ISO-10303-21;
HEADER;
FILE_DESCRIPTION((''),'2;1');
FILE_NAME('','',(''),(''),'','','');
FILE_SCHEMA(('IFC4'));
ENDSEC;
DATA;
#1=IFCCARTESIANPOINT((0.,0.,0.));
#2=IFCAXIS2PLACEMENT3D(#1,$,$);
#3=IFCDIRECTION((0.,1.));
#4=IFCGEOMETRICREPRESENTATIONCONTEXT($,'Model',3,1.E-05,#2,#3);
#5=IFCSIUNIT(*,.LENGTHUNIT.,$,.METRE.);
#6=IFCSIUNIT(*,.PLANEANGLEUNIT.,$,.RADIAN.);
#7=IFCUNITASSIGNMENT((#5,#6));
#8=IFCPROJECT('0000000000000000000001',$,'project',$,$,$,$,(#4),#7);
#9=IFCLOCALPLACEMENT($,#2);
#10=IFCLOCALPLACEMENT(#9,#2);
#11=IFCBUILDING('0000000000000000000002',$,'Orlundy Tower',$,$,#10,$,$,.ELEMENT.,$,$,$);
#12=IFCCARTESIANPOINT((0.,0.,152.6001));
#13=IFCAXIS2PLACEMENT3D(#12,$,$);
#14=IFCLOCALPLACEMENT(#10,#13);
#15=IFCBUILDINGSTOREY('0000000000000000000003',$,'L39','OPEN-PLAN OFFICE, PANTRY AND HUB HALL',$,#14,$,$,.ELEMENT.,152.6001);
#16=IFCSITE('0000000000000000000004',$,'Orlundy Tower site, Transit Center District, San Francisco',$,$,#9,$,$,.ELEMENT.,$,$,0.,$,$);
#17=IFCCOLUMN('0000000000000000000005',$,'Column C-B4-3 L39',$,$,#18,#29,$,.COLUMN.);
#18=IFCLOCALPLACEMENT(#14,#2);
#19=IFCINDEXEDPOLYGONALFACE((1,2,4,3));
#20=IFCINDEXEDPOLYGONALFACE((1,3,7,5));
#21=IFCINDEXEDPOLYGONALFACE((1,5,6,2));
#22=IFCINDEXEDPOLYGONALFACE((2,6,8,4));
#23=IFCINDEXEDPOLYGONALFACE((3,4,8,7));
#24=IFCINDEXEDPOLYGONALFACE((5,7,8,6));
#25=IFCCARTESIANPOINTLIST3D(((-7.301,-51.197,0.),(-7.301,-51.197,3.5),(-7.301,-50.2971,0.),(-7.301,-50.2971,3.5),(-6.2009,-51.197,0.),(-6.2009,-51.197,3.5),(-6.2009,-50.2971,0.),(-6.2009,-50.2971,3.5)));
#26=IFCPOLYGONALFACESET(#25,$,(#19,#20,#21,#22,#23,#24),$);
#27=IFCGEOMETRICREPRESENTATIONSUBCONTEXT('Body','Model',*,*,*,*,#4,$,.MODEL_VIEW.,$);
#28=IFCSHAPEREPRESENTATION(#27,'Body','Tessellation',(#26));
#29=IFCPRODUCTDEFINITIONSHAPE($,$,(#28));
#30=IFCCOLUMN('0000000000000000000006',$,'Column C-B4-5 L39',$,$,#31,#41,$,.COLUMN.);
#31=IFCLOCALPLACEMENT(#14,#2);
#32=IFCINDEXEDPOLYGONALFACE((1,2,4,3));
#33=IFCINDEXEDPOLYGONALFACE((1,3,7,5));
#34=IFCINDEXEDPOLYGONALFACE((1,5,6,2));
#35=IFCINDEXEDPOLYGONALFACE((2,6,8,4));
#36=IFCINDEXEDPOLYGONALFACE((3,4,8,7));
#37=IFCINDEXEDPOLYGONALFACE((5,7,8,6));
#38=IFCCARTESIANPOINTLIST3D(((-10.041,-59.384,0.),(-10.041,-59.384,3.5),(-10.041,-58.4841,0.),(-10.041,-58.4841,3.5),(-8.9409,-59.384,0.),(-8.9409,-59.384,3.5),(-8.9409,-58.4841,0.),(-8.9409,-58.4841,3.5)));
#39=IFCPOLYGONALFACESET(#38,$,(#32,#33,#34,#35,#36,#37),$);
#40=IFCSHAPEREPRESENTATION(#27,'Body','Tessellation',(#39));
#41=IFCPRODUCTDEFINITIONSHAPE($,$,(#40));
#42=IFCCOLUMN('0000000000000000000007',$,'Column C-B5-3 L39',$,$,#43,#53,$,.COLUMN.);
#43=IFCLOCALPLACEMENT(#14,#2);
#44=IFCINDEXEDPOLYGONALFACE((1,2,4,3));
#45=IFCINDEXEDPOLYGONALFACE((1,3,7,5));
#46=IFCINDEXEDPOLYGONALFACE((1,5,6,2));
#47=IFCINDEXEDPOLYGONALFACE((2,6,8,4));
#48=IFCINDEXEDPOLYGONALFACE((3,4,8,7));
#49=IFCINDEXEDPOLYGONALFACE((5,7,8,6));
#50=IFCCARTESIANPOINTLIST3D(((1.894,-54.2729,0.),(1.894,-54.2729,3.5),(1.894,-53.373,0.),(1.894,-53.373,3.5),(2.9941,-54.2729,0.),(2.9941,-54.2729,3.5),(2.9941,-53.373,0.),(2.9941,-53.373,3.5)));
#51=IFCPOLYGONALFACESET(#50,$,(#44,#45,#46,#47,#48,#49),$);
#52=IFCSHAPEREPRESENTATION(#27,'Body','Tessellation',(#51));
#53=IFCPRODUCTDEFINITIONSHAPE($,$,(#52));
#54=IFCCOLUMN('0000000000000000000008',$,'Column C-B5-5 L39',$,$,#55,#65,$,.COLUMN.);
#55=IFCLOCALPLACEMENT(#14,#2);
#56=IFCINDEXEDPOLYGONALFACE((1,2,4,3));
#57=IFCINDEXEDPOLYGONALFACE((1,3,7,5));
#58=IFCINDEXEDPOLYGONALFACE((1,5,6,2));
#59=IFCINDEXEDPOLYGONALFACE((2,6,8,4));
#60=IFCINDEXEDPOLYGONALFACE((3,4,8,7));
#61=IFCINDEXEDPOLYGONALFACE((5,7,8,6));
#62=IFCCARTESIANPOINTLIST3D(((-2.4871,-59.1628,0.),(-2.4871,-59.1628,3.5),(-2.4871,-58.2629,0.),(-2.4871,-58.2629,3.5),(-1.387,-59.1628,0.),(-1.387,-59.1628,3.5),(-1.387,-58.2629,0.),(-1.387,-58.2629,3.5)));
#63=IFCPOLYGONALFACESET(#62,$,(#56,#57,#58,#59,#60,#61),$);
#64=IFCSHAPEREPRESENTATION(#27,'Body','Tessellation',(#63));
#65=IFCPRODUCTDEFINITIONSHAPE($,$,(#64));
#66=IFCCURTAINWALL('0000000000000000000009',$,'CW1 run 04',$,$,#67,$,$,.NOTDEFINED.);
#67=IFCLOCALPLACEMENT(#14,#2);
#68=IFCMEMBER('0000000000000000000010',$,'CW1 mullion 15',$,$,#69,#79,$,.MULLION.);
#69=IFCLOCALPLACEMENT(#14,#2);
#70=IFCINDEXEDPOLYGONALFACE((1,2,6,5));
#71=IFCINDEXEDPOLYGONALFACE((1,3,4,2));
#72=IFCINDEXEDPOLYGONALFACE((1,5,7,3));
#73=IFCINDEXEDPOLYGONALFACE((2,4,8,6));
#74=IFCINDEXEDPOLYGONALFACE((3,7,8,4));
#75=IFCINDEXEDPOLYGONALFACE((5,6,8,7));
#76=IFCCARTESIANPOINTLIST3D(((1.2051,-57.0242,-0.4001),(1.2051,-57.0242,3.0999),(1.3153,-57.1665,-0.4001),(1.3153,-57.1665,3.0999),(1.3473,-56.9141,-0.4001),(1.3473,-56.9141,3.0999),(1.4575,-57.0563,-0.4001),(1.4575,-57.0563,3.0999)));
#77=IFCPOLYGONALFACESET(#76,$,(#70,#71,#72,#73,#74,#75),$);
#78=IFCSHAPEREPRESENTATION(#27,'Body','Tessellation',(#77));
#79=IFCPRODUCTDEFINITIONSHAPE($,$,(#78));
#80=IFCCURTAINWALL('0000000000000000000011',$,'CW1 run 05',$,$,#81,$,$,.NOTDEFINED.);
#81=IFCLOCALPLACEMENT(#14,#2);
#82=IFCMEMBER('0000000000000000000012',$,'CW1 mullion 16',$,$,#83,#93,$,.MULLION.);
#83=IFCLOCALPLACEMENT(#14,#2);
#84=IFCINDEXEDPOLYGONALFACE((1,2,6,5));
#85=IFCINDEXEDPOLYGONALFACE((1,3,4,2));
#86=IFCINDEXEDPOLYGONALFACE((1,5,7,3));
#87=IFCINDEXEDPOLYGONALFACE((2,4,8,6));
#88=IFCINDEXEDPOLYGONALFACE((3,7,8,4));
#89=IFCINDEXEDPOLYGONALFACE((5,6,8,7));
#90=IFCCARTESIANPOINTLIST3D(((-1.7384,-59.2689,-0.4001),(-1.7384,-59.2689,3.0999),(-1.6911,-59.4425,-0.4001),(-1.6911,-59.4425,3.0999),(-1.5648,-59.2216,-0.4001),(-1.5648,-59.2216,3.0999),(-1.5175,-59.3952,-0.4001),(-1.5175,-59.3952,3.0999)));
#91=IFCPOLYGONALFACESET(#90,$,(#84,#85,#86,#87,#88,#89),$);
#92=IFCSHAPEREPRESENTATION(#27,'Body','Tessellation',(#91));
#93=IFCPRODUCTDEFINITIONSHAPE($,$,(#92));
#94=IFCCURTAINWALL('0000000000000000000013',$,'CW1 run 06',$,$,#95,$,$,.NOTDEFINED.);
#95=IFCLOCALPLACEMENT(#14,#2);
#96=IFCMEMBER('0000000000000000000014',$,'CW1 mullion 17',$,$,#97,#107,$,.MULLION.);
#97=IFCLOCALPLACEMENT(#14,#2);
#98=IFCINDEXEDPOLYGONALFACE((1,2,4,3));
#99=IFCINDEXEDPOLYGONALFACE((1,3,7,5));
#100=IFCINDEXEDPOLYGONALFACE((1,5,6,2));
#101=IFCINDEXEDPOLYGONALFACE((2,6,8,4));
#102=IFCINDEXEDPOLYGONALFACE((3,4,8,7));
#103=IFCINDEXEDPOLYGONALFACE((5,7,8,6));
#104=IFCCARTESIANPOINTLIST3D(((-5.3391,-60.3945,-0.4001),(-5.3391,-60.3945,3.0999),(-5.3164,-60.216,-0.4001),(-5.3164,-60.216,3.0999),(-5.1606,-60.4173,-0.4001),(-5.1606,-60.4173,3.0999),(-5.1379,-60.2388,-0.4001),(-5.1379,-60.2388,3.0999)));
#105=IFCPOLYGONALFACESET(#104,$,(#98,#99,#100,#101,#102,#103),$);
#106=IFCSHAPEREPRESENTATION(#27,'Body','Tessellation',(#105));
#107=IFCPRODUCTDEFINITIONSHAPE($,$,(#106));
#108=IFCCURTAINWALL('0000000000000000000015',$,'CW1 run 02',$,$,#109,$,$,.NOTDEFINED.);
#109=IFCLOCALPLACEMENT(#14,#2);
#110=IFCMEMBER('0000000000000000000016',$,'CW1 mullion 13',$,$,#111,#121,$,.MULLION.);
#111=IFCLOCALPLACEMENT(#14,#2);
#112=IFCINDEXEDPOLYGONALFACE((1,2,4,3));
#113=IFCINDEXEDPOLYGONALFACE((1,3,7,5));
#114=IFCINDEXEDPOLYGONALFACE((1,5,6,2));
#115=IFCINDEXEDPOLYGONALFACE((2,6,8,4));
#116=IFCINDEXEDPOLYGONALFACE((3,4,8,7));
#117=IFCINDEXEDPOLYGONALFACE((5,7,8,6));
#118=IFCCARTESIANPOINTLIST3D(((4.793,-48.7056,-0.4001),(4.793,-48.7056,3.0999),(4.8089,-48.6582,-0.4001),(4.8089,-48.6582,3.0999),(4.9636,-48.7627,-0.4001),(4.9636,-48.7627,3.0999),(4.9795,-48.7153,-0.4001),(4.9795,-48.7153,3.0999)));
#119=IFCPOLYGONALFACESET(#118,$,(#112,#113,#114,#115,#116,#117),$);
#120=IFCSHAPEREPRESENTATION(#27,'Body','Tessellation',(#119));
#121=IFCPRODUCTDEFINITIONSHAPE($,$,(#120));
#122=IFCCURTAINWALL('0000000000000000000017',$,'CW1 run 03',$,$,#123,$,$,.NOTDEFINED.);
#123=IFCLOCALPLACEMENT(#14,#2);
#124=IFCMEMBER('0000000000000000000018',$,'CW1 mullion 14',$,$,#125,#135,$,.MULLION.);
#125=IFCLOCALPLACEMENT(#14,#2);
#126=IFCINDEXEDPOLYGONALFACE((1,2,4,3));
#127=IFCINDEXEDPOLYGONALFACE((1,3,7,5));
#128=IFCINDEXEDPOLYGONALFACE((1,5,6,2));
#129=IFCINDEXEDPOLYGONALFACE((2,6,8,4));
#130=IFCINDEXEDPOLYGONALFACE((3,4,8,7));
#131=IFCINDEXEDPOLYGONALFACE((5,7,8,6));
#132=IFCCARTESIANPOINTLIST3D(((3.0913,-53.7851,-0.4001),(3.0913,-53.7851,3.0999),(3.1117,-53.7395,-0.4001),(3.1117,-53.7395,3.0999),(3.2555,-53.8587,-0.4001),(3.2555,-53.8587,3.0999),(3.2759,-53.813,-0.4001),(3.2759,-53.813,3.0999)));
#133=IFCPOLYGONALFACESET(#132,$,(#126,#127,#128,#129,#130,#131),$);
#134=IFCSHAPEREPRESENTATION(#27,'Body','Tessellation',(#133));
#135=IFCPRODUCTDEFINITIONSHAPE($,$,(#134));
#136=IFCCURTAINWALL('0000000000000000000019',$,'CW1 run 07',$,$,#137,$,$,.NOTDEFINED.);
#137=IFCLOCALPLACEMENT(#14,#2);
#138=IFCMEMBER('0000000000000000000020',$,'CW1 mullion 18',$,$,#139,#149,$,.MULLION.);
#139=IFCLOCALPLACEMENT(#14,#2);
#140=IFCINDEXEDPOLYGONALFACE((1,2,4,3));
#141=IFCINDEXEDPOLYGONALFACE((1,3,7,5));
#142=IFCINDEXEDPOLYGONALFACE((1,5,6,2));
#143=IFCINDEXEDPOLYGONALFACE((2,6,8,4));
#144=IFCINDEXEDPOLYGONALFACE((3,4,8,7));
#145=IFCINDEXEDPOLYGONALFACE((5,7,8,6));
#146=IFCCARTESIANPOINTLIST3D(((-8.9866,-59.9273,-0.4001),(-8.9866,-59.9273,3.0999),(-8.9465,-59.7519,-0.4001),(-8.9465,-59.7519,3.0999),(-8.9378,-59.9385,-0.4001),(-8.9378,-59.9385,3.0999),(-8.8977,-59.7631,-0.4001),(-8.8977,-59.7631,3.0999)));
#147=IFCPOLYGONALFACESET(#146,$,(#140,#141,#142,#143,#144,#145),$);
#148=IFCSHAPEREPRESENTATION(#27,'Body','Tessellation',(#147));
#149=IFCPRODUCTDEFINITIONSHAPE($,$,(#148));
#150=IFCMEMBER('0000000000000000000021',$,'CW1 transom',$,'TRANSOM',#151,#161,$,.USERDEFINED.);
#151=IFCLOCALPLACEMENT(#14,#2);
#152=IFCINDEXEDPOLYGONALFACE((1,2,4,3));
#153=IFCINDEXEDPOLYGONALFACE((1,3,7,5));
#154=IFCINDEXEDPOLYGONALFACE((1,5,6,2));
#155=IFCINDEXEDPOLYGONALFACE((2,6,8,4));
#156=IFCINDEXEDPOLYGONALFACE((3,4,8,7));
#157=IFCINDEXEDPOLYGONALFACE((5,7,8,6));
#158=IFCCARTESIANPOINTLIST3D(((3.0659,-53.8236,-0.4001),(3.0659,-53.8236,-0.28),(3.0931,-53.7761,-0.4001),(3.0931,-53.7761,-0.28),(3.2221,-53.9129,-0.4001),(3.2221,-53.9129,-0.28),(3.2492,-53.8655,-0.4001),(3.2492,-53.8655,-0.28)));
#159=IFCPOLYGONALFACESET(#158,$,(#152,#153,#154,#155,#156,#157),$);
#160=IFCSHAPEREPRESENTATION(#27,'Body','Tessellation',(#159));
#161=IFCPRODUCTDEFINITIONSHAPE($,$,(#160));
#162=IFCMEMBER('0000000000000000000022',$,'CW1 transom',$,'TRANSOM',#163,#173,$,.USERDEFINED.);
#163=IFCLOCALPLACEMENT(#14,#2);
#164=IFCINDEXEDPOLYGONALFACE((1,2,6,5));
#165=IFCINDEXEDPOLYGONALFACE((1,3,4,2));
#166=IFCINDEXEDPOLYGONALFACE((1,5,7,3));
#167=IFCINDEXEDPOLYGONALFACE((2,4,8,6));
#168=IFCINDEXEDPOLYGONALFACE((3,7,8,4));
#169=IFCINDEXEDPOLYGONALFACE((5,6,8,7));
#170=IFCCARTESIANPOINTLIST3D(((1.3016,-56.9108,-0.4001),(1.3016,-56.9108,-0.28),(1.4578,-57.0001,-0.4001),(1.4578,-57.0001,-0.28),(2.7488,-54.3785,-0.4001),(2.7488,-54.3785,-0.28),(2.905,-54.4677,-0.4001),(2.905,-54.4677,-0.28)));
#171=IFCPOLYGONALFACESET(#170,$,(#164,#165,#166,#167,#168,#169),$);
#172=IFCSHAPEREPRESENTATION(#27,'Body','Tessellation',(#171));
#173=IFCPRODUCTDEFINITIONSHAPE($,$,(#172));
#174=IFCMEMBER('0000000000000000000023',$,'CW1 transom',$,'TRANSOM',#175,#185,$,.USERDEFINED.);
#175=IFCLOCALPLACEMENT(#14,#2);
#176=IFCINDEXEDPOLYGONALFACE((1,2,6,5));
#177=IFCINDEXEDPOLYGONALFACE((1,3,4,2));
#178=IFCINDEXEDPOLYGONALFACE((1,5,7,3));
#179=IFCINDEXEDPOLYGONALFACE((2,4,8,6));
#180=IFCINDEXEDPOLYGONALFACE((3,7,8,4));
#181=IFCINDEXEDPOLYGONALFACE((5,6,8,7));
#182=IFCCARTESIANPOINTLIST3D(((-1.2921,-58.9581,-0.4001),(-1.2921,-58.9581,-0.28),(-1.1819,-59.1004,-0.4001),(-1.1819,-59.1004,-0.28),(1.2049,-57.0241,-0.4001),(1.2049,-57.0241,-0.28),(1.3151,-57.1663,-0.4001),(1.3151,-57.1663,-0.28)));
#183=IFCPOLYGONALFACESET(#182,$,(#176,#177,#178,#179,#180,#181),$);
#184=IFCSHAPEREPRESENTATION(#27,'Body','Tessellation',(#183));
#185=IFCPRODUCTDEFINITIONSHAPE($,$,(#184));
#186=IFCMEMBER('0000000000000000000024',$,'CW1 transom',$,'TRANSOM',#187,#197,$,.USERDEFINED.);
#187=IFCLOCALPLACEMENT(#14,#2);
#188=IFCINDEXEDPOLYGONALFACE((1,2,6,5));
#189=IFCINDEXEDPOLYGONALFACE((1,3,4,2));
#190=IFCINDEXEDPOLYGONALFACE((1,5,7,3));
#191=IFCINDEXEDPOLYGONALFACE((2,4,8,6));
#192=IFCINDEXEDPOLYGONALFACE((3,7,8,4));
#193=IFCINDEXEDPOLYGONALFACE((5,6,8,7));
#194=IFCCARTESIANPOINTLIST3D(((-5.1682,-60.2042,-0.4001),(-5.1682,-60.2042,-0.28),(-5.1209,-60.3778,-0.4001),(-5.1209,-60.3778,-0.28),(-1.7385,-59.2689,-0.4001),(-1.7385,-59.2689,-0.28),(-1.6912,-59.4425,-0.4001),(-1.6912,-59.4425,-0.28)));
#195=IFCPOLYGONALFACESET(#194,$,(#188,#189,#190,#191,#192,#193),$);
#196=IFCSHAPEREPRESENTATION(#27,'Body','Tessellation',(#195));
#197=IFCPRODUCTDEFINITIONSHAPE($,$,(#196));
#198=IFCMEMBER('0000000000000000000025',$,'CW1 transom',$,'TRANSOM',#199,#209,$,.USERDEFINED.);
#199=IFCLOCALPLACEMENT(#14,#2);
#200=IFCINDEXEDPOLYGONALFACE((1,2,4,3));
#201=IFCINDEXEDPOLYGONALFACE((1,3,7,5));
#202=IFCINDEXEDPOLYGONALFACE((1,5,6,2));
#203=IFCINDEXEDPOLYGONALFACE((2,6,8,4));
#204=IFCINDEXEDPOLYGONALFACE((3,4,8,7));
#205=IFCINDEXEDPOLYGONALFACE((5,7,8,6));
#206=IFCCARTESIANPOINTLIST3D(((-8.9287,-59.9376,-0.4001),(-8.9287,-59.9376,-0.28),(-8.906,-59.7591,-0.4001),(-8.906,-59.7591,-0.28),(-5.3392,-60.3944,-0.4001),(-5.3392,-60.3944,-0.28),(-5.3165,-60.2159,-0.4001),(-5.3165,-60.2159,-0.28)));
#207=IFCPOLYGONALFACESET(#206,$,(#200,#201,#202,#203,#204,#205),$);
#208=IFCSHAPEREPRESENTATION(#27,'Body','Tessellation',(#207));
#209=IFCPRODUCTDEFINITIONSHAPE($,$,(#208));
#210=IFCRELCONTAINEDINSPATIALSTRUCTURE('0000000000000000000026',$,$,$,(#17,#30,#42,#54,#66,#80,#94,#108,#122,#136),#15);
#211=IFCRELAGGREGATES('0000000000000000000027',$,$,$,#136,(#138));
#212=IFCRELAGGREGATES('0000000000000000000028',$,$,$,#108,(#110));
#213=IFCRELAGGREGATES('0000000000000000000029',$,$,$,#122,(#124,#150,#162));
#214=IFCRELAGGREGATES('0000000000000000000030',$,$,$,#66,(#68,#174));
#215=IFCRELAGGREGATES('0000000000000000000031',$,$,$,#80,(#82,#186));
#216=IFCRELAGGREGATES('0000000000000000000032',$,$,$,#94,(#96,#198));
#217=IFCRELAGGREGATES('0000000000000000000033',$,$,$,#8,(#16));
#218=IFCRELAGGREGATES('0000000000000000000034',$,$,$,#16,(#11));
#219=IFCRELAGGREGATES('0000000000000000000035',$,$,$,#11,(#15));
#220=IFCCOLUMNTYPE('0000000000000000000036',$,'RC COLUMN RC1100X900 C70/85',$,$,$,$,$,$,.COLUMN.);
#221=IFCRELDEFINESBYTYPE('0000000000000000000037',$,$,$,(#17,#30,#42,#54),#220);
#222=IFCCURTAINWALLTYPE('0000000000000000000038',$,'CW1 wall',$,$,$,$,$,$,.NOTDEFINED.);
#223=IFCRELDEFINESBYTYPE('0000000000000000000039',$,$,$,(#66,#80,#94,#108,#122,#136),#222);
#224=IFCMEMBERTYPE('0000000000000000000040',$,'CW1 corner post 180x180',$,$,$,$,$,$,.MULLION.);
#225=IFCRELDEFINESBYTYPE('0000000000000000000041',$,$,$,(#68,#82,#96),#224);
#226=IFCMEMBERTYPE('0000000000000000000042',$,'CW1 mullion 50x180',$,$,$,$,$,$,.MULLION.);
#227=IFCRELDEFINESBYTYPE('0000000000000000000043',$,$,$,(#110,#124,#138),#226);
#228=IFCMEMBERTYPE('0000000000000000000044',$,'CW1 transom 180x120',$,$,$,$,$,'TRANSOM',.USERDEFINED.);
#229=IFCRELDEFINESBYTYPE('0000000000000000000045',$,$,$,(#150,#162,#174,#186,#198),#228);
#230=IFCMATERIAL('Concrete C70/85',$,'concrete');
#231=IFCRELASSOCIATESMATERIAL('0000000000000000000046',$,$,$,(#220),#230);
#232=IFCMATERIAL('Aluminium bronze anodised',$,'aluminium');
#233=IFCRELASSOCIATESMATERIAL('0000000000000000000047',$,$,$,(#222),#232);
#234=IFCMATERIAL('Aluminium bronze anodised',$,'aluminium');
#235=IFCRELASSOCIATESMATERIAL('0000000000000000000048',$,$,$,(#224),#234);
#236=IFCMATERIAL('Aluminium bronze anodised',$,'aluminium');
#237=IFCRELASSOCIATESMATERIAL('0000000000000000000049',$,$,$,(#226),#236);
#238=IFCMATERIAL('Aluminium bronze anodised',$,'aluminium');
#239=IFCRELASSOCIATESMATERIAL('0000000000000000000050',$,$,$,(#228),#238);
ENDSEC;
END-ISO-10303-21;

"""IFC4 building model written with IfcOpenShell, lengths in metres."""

from ifc_helpers import new_model, si_unit, direction, frame, origin, origin_2d, place, context, subcontext, project, spatial, rectangle, extrude, material, material_profile, profile_set, type_object, element, aggregate, save


model = new_model("IFC4")

# Units and contexts
model_context = context("Model", 3, precision=1e-05, world=origin(), true_north=direction((0.0, 1.0)))
body_context = subcontext(model_context, "Body", "Model", "MODEL_VIEW")
ifc_project = project(units=[si_unit("LENGTHUNIT", "METRE"), si_unit("PLANEANGLEUNIT", "RADIAN")], contexts=[model_context])

# Site, building, storey
site_placement = place(None, origin())
site = spatial("IfcSite", under=ifc_project, at=site_placement, Name="Orlundy Tower site, Transit Center District, San Francisco", CompositionType="ELEMENT", RefElevation=0.0)
building_placement = place(site_placement, origin())
building = spatial("IfcBuilding", under=site, at=building_placement, Name="Orlundy Tower", CompositionType="ELEMENT")
storey_placement = place(building_placement, frame((0.0, 0.0, 152.6001)))
storey = spatial("IfcBuildingStorey", under=building, at=storey_placement, Name="L39", Description="OPEN-PLAN OFFICE, PANTRY AND HUB HALL", CompositionType="ELEMENT", Elevation=152.6001)

# Columns
ifc_material_1 = material(Name="Concrete C70/85", Category="concrete")
ifc_material_profile_1 = material_profile(ifc_material_1, rectangle(XDim=1.1001, YDim=0.8999, at=origin_2d()), Name="RC1100X900")
ifc_profile_set_1 = profile_set([ifc_material_profile_1], Name="Concrete C70/85")
column_type = type_object("IfcColumnType", Name="RC COLUMN RC1100X900 C70/85", PredefinedType="COLUMN", material=ifc_profile_set_1)
for number, where, z_axis, x_axis, name in (
    (1, (-6.751, -50.7471, 0.0), (0.0, 0.0, 1.0), (1.0, 0.0, 0.0), "Column C-B4-3 L39"),
    (2, (-9.491, -58.9341, 0.0), (0.0, 0.0, 1.0), (1.0, 0.0, 0.0), "Column C-B4-5 L39"),
    (3, (2.4441, -53.823, 0.0), (0.0, 0.0, 1.0), (1.0, 0.0, 0.0), "Column C-B5-3 L39"),
    (4, (-1.937, -58.7129, 0.0), (0.0, 0.0, 1.0), (1.0, 0.0, 0.0), "Column C-B5-5 L39"),
):
    element("IfcColumn", number, at=place(storey_placement, frame(where, z_axis=z_axis, x_axis=x_axis)), inside=storey, type_object=column_type, Name=name, PredefinedType="COLUMN", context=body_context, shape_type="SweptSolid", body=[
        extrude(rectangle(XDim=1.1001, YDim=0.8999, at=origin_2d()), origin(), (0.0, 0.0, 1.0), 3.5),
    ])

# Curtain walls, members
ifc_material_2 = material(Name="Aluminium bronze anodised", Category="aluminium")
curtain_wall_type = type_object("IfcCurtainWallType", Name="CW1 wall", PredefinedType="NOTDEFINED", material=ifc_material_2)
curtain_wall_1_placement = place(storey_placement, origin())
curtain_wall_1 = element("IfcCurtainWall", 5, at=curtain_wall_1_placement, inside=storey, type_object=curtain_wall_type, Name="CW1 run 04", PredefinedType="NOTDEFINED")
ifc_material_3 = material(Name="Aluminium bronze anodised", Category="aluminium")
ifc_material_profile_2 = material_profile(ifc_material_3, rectangle(XDim=0.1799, YDim=0.1799, at=origin_2d()), Name="CW1 corner post 180x180")
ifc_profile_set_2 = profile_set([ifc_material_profile_2], Name="Aluminium bronze anodised")
member_type_1 = type_object("IfcMemberType", Name="CW1 corner post 180x180", PredefinedType="MULLION", material=ifc_profile_set_2)
member_1_placement = place(storey_placement, frame((1.3313, -57.0403, -0.4001), z_axis=(0.0, 0.0, 1.0), x_axis=(0.612315, -0.790614, 0.0)))
member_1 = element("IfcMember", 6, at=member_1_placement, type_object=member_type_1, Name="CW1 mullion 15", PredefinedType="MULLION", context=body_context, shape_type="SweptSolid", body=[
    extrude(rectangle(XDim=0.1799, YDim=0.1799, at=origin_2d()), origin(), (0.0, 0.0, 1.0), 3.5),
])
curtain_wall_2_placement = place(storey_placement, origin())
curtain_wall_2 = element("IfcCurtainWall", 7, at=curtain_wall_2_placement, inside=storey, type_object=curtain_wall_type, Name="CW1 run 05", PredefinedType="NOTDEFINED")
member_2_placement = place(storey_placement, frame((-1.6279, -59.332, -0.4001), z_axis=(0.0, 0.0, 1.0), x_axis=(0.263049, -0.964782, 0.0)))
member_2 = element("IfcMember", 8, at=member_2_placement, type_object=member_type_1, Name="CW1 mullion 16", PredefinedType="MULLION", context=body_context, shape_type="SweptSolid", body=[
    extrude(rectangle(XDim=0.1799, YDim=0.1799, at=origin_2d()), origin(), (0.0, 0.0, 1.0), 3.5),
])
curtain_wall_3_placement = place(storey_placement, origin())
curtain_wall_3 = element("IfcCurtainWall", 9, at=curtain_wall_3_placement, inside=storey, type_object=curtain_wall_type, Name="CW1 run 06", PredefinedType="NOTDEFINED")
member_3_placement = place(storey_placement, frame((-5.2385, -60.3167, -0.4001), z_axis=(0.0, 0.0, 1.0), x_axis=(-0.126259, -0.991997, 0.0)))
member_3 = element("IfcMember", 10, at=member_3_placement, type_object=member_type_1, Name="CW1 mullion 17", PredefinedType="MULLION", context=body_context, shape_type="SweptSolid", body=[
    extrude(rectangle(XDim=0.1799, YDim=0.1799, at=origin_2d()), origin(), (0.0, 0.0, 1.0), 3.5),
])
curtain_wall_4_placement = place(storey_placement, origin())
curtain_wall_4 = element("IfcCurtainWall", 11, at=curtain_wall_4_placement, inside=storey, type_object=curtain_wall_type, Name="CW1 run 02", PredefinedType="NOTDEFINED")
ifc_material_4 = material(Name="Aluminium bronze anodised", Category="aluminium")
ifc_material_profile_3 = material_profile(ifc_material_4, rectangle(XDim=0.1799, YDim=0.05, at=origin_2d()), Name="CW1 mullion 50x180")
ifc_profile_set_3 = profile_set([ifc_material_profile_3], Name="Aluminium bronze anodised")
member_type_2 = type_object("IfcMemberType", Name="CW1 mullion 50x180", PredefinedType="MULLION", material=ifc_profile_set_3)
member_4_placement = place(storey_placement, frame((4.8862, -48.7104, -0.4001), z_axis=(0.0, 0.0, 1.0), x_axis=(0.948321, -0.317314, 0.0)))
member_4 = element("IfcMember", 12, at=member_4_placement, type_object=member_type_2, Name="CW1 mullion 13", PredefinedType="MULLION", context=body_context, shape_type="SweptSolid", body=[
    extrude(rectangle(XDim=0.1799, YDim=0.05, at=origin_2d()), origin(), (0.0, 0.0, 1.0), 3.5),
])
curtain_wall_5_placement = place(storey_placement, origin())
curtain_wall_5 = element("IfcCurtainWall", 13, at=curtain_wall_5_placement, inside=storey, type_object=curtain_wall_type, Name="CW1 run 03", PredefinedType="NOTDEFINED")
member_5_placement = place(storey_placement, frame((3.1836, -53.7991, -0.4001), z_axis=(0.0, 0.0, 1.0), x_axis=(0.912665, -0.408708, 0.0)))
member_5 = element("IfcMember", 14, at=member_5_placement, type_object=member_type_2, Name="CW1 mullion 14", PredefinedType="MULLION", context=body_context, shape_type="SweptSolid", body=[
    extrude(rectangle(XDim=0.1799, YDim=0.05, at=origin_2d()), origin(), (0.0, 0.0, 1.0), 3.5),
])
curtain_wall_6_placement = place(storey_placement, origin())
curtain_wall_6 = element("IfcCurtainWall", 15, at=curtain_wall_6_placement, inside=storey, type_object=curtain_wall_type, Name="CW1 run 07", PredefinedType="NOTDEFINED")
member_6_placement = place(storey_placement, frame((-8.9421, -59.8452, -0.4001), z_axis=(0.0, 0.0, 1.0), x_axis=(-0.222844, -0.974854, 0.0)))
member_6 = element("IfcMember", 16, at=member_6_placement, type_object=member_type_2, Name="CW1 mullion 18", PredefinedType="MULLION", context=body_context, shape_type="SweptSolid", body=[
    extrude(rectangle(XDim=0.1799, YDim=0.05, at=origin_2d()), origin(), (0.0, 0.0, 1.0), 3.5),
])

# Members
ifc_material_5 = material(Name="Aluminium bronze anodised", Category="aluminium")
ifc_material_profile_4 = material_profile(ifc_material_5, rectangle(XDim=0.1799, YDim=0.1201, at=origin_2d()), Name="CW1 transom 180x120")
ifc_profile_set_4 = profile_set([ifc_material_profile_4], Name="Aluminium bronze anodised")
member_type_3 = type_object("IfcMemberType", Name="CW1 transom 180x120", ElementType="TRANSOM", PredefinedType="USERDEFINED", material=ifc_profile_set_4)
member_7_placement = place(storey_placement, frame((3.1711, -53.8208, -0.3401), z_axis=(-0.496621, -0.867968, 0.0), x_axis=(0.867968, -0.496621, 0.0)))
member_7 = element("IfcMember", 17, at=member_7_placement, type_object=member_type_3, Name="CW1 transom", ObjectType="TRANSOM", PredefinedType="USERDEFINED", context=body_context, shape_type="SweptSolid", body=[
    extrude(rectangle(XDim=0.1799, YDim=0.1201, at=origin_2d()), origin(), (0.0, 0.0, 1.0), 0.0547),
])
member_8_placement = place(storey_placement, frame((2.8269, -54.4231, -0.3401), z_axis=(-0.496175, -0.868223, 0.0), x_axis=(0.868223, -0.496175, 0.0)))
member_8 = element("IfcMember", 18, at=member_8_placement, type_object=member_type_3, Name="CW1 transom", ObjectType="TRANSOM", PredefinedType="USERDEFINED", context=body_context, shape_type="SweptSolid", body=[
    extrude(rectangle(XDim=0.1799, YDim=0.1201, at=origin_2d()), origin(), (0.0, 0.0, 1.0), 2.9167),
])
member_9_placement = place(storey_placement, frame((1.26, -57.0952, -0.3401), z_axis=(-0.790591, -0.612345, 0.0), x_axis=(0.612345, -0.790591, 0.0)))
member_9 = element("IfcMember", 19, at=member_9_placement, type_object=member_type_3, Name="CW1 transom", ObjectType="TRANSOM", PredefinedType="USERDEFINED", context=body_context, shape_type="SweptSolid", body=[
    extrude(rectangle(XDim=0.1799, YDim=0.1201, at=origin_2d()), origin(), (0.0, 0.0, 1.0), 3.1584),
])
member_10_placement = place(storey_placement, frame((-1.7148, -59.3557, -0.3401), z_axis=(-0.964769, -0.2631, 0.0), x_axis=(0.2631, -0.964769, 0.0)))
member_10 = element("IfcMember", 20, at=member_10_placement, type_object=member_type_3, Name="CW1 transom", ObjectType="TRANSOM", PredefinedType="USERDEFINED", context=body_context, shape_type="SweptSolid", body=[
    extrude(rectangle(XDim=0.1799, YDim=0.1201, at=origin_2d()), origin(), (0.0, 0.0, 1.0), 3.5549),
])
member_11_placement = place(storey_placement, frame((-5.3279, -60.3052, -0.3401), z_axis=(-0.991999, 0.126243, 0.0), x_axis=(-0.126243, -0.991999, 0.0)))
member_11 = element("IfcMember", 21, at=member_11_placement, type_object=member_type_3, Name="CW1 transom", ObjectType="TRANSOM", PredefinedType="USERDEFINED", context=body_context, shape_type="SweptSolid", body=[
    extrude(rectangle(XDim=0.1799, YDim=0.1201, at=origin_2d()), origin(), (0.0, 0.0, 1.0), 3.6184),
])
aggregate(curtain_wall_6, [member_6])

aggregate(curtain_wall_4, [member_4])
aggregate(curtain_wall_5, [member_5, member_7, member_8])
aggregate(curtain_wall_1, [member_1, member_9])
aggregate(curtain_wall_2, [member_2, member_10])
aggregate(curtain_wall_3, [member_3, member_11])

save(model, "model.ifc")
